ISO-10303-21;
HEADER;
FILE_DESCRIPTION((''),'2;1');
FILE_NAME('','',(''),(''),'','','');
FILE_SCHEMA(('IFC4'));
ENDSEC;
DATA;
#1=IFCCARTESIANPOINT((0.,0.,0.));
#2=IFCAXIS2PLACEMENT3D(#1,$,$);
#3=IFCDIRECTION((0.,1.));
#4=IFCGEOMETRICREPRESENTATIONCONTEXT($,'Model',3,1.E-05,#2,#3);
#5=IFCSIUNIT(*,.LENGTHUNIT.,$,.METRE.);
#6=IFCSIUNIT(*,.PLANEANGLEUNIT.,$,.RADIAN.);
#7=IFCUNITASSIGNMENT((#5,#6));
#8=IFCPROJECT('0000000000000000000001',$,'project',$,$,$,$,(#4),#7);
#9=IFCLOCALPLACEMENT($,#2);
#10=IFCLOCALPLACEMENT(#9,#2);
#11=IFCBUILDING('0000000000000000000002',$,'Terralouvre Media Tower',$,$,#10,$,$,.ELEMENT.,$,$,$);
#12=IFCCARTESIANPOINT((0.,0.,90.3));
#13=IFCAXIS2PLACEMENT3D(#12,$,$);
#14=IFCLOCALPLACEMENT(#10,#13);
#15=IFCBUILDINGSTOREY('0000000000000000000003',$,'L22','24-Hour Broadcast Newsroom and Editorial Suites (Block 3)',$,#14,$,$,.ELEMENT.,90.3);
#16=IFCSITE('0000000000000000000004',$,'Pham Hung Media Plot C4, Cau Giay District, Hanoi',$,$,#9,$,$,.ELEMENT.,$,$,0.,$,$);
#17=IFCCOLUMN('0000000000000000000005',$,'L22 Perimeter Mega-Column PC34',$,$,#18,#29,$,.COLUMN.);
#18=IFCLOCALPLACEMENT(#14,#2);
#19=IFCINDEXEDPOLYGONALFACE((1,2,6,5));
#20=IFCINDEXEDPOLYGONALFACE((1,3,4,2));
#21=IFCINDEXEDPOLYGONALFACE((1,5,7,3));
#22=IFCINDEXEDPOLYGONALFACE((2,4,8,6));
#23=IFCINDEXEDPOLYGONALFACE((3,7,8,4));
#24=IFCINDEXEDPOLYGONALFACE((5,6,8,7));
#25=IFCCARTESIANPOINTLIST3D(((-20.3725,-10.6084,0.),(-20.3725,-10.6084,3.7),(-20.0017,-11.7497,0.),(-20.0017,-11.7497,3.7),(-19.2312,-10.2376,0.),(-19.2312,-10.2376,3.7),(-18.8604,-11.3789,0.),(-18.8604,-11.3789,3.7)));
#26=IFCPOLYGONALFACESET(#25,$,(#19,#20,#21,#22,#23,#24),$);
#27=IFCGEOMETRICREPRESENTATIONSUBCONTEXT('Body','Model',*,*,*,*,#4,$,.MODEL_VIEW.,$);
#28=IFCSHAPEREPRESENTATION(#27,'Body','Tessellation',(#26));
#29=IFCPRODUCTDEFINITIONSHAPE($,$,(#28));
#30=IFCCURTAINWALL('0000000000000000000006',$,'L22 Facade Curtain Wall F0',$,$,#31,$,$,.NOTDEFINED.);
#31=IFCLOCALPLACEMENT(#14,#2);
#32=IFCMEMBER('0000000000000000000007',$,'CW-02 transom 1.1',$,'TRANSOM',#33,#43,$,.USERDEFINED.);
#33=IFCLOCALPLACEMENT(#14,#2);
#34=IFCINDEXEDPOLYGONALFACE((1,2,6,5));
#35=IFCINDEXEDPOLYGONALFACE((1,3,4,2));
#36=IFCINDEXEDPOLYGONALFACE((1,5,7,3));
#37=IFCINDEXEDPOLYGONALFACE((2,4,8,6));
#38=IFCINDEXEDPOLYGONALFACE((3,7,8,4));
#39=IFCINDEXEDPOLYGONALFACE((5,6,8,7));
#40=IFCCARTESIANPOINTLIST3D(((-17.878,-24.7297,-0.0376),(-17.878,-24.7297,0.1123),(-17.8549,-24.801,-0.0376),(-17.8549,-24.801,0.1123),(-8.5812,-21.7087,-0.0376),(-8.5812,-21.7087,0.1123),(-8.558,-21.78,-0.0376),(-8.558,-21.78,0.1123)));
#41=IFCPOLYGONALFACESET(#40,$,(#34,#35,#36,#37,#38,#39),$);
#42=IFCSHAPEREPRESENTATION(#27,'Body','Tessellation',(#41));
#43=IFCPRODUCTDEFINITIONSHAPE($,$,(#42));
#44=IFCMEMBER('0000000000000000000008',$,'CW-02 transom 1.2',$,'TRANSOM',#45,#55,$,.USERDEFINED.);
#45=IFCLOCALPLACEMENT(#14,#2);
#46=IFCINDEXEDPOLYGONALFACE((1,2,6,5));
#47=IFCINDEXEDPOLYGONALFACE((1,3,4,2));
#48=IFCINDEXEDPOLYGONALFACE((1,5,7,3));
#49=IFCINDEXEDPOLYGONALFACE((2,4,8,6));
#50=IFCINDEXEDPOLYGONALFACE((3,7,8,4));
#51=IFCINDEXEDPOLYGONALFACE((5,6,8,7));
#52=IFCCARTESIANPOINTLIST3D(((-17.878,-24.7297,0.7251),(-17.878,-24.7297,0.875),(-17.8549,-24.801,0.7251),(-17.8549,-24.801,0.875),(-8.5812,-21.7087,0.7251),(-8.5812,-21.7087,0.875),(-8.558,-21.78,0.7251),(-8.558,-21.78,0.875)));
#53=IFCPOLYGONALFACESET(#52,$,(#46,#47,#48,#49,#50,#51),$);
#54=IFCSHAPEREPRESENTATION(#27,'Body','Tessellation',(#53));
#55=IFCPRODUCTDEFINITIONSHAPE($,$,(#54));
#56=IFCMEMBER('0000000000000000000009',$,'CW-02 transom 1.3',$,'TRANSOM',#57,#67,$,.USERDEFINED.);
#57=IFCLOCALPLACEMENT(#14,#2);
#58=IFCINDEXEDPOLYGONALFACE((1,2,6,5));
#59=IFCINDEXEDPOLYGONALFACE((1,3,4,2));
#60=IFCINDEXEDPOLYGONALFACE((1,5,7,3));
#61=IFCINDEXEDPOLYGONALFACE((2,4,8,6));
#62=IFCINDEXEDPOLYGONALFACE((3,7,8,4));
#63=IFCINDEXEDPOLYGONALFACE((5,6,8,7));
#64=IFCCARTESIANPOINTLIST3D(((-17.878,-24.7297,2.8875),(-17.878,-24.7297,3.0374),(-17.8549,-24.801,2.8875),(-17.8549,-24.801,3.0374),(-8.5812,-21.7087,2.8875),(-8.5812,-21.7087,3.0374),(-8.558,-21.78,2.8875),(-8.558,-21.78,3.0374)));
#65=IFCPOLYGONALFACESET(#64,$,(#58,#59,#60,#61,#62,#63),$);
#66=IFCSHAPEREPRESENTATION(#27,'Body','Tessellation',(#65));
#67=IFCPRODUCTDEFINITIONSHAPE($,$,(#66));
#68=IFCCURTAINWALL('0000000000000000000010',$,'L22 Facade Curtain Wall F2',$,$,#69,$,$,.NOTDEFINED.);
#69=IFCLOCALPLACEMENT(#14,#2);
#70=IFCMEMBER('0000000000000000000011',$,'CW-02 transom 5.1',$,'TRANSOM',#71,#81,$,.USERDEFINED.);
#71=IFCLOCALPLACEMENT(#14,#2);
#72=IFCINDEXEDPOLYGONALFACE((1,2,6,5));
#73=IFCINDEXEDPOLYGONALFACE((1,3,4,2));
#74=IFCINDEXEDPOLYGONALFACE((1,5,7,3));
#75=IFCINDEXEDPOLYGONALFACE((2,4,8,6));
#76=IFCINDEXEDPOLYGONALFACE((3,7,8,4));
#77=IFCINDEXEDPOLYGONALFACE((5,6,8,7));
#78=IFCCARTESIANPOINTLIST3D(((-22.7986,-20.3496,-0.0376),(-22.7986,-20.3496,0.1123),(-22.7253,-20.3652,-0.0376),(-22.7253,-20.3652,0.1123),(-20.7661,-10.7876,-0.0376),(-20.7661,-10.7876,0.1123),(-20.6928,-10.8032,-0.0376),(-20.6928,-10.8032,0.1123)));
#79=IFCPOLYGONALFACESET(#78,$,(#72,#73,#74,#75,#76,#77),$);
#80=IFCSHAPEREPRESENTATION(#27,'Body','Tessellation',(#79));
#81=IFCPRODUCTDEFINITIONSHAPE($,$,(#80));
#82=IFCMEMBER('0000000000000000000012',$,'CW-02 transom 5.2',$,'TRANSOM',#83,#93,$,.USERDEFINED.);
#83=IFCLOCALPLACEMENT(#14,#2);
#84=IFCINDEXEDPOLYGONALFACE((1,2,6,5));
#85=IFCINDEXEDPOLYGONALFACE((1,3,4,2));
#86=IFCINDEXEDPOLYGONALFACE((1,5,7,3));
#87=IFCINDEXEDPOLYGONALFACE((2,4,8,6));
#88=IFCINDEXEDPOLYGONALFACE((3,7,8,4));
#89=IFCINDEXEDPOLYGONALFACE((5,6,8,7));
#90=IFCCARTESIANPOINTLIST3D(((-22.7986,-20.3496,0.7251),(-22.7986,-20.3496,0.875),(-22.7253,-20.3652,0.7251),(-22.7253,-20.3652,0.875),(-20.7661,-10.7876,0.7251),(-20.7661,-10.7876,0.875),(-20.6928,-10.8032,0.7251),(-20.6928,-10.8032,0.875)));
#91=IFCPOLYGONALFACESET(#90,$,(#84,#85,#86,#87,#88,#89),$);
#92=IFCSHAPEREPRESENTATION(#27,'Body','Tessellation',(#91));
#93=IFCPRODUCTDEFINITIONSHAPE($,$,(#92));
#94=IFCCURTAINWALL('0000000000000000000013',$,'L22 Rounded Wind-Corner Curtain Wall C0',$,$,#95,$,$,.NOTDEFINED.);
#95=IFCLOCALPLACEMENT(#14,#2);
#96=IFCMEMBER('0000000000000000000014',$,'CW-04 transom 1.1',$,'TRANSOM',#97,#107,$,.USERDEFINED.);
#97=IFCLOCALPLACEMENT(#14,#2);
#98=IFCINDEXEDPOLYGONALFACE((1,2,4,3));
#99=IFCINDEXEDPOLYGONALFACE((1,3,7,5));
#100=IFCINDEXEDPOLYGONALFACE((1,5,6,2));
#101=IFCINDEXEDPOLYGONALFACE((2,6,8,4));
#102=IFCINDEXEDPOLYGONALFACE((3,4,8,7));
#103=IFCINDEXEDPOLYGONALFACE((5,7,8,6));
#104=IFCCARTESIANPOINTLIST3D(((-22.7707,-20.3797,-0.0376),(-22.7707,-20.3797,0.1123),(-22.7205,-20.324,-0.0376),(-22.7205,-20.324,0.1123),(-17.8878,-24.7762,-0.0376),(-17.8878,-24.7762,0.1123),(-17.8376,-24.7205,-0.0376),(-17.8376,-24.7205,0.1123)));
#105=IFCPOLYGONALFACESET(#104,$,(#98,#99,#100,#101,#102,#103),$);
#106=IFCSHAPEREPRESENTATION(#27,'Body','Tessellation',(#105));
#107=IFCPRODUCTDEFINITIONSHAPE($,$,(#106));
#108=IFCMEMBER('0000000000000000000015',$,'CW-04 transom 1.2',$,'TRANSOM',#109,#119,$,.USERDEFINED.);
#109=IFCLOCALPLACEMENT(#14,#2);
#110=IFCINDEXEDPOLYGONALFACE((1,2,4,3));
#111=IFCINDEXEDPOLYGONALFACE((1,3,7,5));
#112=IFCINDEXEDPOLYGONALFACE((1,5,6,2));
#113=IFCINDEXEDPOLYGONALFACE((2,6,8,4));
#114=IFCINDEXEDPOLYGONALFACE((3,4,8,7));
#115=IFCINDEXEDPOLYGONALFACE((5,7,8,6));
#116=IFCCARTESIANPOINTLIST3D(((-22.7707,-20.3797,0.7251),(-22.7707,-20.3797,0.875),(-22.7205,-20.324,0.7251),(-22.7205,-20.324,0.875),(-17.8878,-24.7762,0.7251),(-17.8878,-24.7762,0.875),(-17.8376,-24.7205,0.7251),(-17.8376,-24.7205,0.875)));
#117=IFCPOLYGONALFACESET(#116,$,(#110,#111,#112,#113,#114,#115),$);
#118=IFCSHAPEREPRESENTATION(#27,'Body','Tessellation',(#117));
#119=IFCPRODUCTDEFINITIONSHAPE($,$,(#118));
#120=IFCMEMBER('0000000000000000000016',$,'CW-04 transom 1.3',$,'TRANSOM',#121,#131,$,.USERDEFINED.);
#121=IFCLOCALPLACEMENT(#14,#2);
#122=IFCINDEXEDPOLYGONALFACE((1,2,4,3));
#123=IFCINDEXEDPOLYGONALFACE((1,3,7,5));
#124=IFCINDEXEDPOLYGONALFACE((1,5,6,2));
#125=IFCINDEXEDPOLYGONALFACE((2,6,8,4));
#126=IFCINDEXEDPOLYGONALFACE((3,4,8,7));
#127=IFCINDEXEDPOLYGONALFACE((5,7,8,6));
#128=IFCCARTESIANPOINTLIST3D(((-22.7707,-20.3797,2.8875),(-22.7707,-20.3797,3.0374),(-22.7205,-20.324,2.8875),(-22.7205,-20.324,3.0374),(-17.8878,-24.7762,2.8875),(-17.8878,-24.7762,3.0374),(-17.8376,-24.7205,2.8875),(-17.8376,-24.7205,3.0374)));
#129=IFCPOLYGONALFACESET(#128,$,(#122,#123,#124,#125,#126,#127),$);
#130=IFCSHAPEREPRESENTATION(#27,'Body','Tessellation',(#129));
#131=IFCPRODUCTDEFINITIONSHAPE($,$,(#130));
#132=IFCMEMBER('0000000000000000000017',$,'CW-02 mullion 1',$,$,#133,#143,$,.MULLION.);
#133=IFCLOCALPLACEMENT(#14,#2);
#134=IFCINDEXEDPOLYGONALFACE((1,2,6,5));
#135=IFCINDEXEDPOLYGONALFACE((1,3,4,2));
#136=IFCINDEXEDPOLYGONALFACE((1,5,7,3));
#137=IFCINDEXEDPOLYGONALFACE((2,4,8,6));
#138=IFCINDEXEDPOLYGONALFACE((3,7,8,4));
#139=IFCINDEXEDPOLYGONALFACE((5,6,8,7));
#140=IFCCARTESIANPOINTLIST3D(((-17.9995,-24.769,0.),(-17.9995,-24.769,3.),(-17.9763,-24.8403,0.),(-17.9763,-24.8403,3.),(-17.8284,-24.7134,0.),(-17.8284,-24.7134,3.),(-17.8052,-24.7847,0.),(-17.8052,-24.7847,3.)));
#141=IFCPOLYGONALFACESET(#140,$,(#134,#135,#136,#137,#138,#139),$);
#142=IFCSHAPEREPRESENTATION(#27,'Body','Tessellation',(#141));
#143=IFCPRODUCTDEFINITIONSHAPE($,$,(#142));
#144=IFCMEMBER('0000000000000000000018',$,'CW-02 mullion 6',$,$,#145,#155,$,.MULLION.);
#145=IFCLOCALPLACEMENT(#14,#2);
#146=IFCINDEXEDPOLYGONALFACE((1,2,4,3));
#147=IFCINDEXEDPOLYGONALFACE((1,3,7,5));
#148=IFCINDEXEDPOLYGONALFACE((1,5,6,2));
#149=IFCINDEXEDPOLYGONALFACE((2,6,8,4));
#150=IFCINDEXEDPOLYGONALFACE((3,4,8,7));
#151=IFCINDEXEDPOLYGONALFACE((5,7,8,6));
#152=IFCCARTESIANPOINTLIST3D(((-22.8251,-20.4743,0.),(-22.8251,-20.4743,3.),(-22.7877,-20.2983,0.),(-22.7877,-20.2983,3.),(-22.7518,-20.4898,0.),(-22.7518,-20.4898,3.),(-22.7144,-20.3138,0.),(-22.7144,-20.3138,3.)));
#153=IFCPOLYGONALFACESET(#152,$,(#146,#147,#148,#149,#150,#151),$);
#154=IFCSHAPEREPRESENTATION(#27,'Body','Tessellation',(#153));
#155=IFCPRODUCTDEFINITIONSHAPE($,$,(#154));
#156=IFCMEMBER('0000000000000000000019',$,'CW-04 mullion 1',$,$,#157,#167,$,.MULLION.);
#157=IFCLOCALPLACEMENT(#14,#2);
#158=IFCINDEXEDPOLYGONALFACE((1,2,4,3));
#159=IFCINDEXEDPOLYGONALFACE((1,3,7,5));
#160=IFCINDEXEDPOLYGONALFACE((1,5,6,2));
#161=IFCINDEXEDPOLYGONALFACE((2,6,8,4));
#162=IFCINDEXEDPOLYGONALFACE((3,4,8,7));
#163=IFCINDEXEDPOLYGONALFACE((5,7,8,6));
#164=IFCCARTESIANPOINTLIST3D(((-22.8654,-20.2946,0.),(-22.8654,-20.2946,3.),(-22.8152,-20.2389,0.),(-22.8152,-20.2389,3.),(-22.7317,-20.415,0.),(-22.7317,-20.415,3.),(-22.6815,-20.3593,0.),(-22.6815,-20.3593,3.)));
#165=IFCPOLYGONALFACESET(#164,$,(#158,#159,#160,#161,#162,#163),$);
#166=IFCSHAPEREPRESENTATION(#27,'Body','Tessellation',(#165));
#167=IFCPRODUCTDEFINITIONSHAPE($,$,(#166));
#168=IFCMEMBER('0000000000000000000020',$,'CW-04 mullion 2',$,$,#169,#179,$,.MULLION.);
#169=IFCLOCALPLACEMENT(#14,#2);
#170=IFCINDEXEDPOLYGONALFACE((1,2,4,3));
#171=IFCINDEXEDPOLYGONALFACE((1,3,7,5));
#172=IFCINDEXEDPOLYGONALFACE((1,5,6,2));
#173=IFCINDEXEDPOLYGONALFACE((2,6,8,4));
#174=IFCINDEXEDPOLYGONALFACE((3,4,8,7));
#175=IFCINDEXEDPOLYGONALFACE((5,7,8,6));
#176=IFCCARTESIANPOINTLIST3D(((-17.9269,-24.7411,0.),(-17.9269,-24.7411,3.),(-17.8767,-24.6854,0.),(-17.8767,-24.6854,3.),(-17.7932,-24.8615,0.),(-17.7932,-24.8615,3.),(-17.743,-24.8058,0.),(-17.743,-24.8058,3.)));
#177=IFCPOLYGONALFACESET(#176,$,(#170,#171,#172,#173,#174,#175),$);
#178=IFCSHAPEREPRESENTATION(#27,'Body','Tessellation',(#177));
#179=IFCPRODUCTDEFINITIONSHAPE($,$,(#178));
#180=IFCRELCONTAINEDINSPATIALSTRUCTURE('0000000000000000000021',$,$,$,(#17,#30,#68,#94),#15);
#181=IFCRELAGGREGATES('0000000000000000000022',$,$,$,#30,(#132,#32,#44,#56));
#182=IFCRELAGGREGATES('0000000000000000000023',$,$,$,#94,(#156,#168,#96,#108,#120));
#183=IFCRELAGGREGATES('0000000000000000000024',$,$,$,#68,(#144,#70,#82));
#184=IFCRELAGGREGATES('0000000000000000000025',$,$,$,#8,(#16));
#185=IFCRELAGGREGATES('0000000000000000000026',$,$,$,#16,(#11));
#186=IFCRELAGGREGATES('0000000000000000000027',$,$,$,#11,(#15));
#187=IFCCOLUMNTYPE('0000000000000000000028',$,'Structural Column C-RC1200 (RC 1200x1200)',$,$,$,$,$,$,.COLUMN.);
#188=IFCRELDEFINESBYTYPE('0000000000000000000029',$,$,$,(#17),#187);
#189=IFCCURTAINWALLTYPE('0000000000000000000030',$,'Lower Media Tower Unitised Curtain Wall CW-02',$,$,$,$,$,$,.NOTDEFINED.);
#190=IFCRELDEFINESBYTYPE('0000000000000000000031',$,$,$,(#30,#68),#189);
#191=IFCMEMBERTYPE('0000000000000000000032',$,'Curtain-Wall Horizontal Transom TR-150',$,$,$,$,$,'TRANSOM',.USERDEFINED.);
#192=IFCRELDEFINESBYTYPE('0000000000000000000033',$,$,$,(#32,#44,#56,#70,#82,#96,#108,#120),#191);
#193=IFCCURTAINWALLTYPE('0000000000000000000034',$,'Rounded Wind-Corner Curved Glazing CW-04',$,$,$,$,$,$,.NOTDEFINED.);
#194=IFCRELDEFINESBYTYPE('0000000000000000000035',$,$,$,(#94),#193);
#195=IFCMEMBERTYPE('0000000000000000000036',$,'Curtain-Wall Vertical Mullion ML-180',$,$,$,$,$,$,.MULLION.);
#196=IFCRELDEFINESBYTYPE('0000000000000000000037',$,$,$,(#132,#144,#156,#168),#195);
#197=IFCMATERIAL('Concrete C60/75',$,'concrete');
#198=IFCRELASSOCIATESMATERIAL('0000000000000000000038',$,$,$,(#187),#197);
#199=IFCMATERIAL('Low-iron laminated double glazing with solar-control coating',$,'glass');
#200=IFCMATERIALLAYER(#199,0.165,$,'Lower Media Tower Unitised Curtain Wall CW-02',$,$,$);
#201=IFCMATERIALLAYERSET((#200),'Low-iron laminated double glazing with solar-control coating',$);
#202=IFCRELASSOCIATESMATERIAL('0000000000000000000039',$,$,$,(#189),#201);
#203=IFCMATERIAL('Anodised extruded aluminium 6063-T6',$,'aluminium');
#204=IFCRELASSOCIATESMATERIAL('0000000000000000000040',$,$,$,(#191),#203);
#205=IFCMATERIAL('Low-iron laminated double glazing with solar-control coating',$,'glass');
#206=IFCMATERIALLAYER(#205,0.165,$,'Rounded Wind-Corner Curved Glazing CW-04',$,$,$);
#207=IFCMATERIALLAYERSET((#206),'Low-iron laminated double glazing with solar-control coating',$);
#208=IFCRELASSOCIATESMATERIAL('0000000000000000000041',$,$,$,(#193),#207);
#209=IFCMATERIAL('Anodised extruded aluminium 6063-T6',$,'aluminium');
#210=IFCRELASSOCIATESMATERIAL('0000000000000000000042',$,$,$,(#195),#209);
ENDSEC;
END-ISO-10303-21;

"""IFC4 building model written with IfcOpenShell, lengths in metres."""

from ifc_helpers import new_model, si_unit, direction, frame, origin, origin_2d, place, context, subcontext, project, spatial, rectangle, extrude, material, layer, layer_set, material_profile, profile_set, type_object, element, aggregate, save


model = new_model("IFC4")

# Units and contexts
model_context = context("Model", 3, precision=1e-05, world=origin(), true_north=direction((0.0, 1.0)))
body_context = subcontext(model_context, "Body", "Model", "MODEL_VIEW")
ifc_project = project(units=[si_unit("LENGTHUNIT", "METRE"), si_unit("PLANEANGLEUNIT", "RADIAN")], contexts=[model_context])

# Site, building, storey
site_placement = place(None, origin())
site = spatial("IfcSite", under=ifc_project, at=site_placement, Name="Pham Hung Media Plot C4, Cau Giay District, Hanoi", CompositionType="ELEMENT", RefElevation=0.0)
building_placement = place(site_placement, origin())
building = spatial("IfcBuilding", under=site, at=building_placement, Name="Terralouvre Media Tower", CompositionType="ELEMENT")
storey_placement = place(building_placement, frame((0.0, 0.0, 90.3)))
storey = spatial("IfcBuildingStorey", under=building, at=storey_placement, Name="L22", Description="24-Hour Broadcast Newsroom and Editorial Suites (Block 3)", CompositionType="ELEMENT", Elevation=90.3)

# Column
ifc_material_1 = material(Name="Concrete C60/75", Category="concrete")
ifc_material_profile_1 = material_profile(ifc_material_1, rectangle(XDim=1.2, YDim=1.2, at=origin_2d()), Name="RC 1200x1200")
ifc_profile_set_1 = profile_set([ifc_material_profile_1], Name="Concrete C60/75")
column_type = type_object("IfcColumnType", Name="Structural Column C-RC1200 (RC 1200x1200)", PredefinedType="COLUMN", material=ifc_profile_set_1)
column_placement = place(storey_placement, frame((-19.6165, -10.9937, 0.0), z_axis=(0.0, 0.0, 1.0), x_axis=(0.951057, 0.309017, 0.0)))
element("IfcColumn", 1, at=column_placement, inside=storey, type_object=column_type, Name="L22 Perimeter Mega-Column PC34", PredefinedType="COLUMN", context=body_context, shape_type="SweptSolid", body=[
    extrude(rectangle(XDim=1.2, YDim=1.2, at=origin_2d()), origin(), (0.0, 0.0, 1.0), 3.7),
])

# Curtain walls, members
ifc_material_2 = material(Name="Low-iron laminated double glazing with solar-control coating", Category="glass")
ifc_layer_1 = layer(ifc_material_2, 0.165, Name="Lower Media Tower Unitised Curtain Wall CW-02")
ifc_layer_set_1 = layer_set([ifc_layer_1], Name="Low-iron laminated double glazing with solar-control coating")
curtain_wall_type_1 = type_object("IfcCurtainWallType", Name="Lower Media Tower Unitised Curtain Wall CW-02", PredefinedType="NOTDEFINED", material=ifc_layer_set_1)
curtain_wall_1_placement = place(storey_placement, origin())
curtain_wall_1 = element("IfcCurtainWall", 2, at=curtain_wall_1_placement, inside=storey, type_object=curtain_wall_type_1, Name="L22 Facade Curtain Wall F0", PredefinedType="NOTDEFINED")
ifc_material_3 = material(Name="Anodised extruded aluminium 6063-T6", Category="aluminium")
ifc_material_profile_2 = material_profile(ifc_material_3, rectangle(XDim=0.075, YDim=0.1499, at=origin_2d()), Name="ALU 75x150")
ifc_profile_set_2 = profile_set([ifc_material_profile_2], Name="Anodised extruded aluminium 6063-T6")
member_type_1 = type_object("IfcMemberType", Name="Curtain-Wall Horizontal Transom TR-150", ElementType="TRANSOM", PredefinedType="USERDEFINED", material=ifc_profile_set_2)
member_1_placement = place(storey_placement, frame((-17.8665, -24.7654, 0.0374), z_axis=(0.951049, 0.309041, 0.0), x_axis=(-0.309041, 0.951049, 0.0)))
member_1 = element("IfcMember", 3, at=member_1_placement, type_object=member_type_1, Name="CW-02 transom 1.1", ObjectType="TRANSOM", PredefinedType="USERDEFINED", context=body_context, shape_type="SweptSolid", body=[
    extrude(rectangle(XDim=0.075, YDim=0.1499, at=origin_2d()), origin(), (0.0, 0.0, 1.0), 9.7754),
])
member_2_placement = place(storey_placement, frame((-17.8665, -24.7654, 0.8), z_axis=(0.951049, 0.309041, 0.0), x_axis=(-0.309041, 0.951049, 0.0)))
member_2 = element("IfcMember", 4, at=member_2_placement, type_object=member_type_1, Name="CW-02 transom 1.2", ObjectType="TRANSOM", PredefinedType="USERDEFINED", context=body_context, shape_type="SweptSolid", body=[
    extrude(rectangle(XDim=0.075, YDim=0.1499, at=origin_2d()), origin(), (0.0, 0.0, 1.0), 9.7754),
])
member_3_placement = place(storey_placement, frame((-17.8665, -24.7654, 2.9624), z_axis=(0.951049, 0.309041, 0.0), x_axis=(-0.309041, 0.951049, 0.0)))
member_3 = element("IfcMember", 5, at=member_3_placement, type_object=member_type_1, Name="CW-02 transom 1.3", ObjectType="TRANSOM", PredefinedType="USERDEFINED", context=body_context, shape_type="SweptSolid", body=[
    extrude(rectangle(XDim=0.075, YDim=0.1499, at=origin_2d()), origin(), (0.0, 0.0, 1.0), 9.7754),
])
curtain_wall_2_placement = place(storey_placement, origin())
curtain_wall_2 = element("IfcCurtainWall", 6, at=curtain_wall_2_placement, inside=storey, type_object=curtain_wall_type_1, Name="L22 Facade Curtain Wall F2", PredefinedType="NOTDEFINED")
member_4_placement = place(storey_placement, frame((-20.7295, -10.7954, 0.0374), z_axis=(-0.207912, -0.978148, 0.0), x_axis=(0.978148, -0.207912, 0.0)))
member_4 = element("IfcMember", 7, at=member_4_placement, type_object=member_type_1, Name="CW-02 transom 5.1", ObjectType="TRANSOM", PredefinedType="USERDEFINED", context=body_context, shape_type="SweptSolid", body=[
    extrude(rectangle(XDim=0.075, YDim=0.1499, at=origin_2d()), origin(), (0.0, 0.0, 1.0), 9.7756),
])
member_5_placement = place(storey_placement, frame((-20.7295, -10.7954, 0.8), z_axis=(-0.207912, -0.978148, 0.0), x_axis=(0.978148, -0.207912, 0.0)))
member_5 = element("IfcMember", 8, at=member_5_placement, type_object=member_type_1, Name="CW-02 transom 5.2", ObjectType="TRANSOM", PredefinedType="USERDEFINED", context=body_context, shape_type="SweptSolid", body=[
    extrude(rectangle(XDim=0.075, YDim=0.1499, at=origin_2d()), origin(), (0.0, 0.0, 1.0), 9.7756),
])
ifc_material_4 = material(Name="Low-iron laminated double glazing with solar-control coating", Category="glass")
ifc_layer_2 = layer(ifc_material_4, 0.165, Name="Rounded Wind-Corner Curved Glazing CW-04")
ifc_layer_set_2 = layer_set([ifc_layer_2], Name="Low-iron laminated double glazing with solar-control coating")
curtain_wall_type_2 = type_object("IfcCurtainWallType", Name="Rounded Wind-Corner Curved Glazing CW-04", PredefinedType="NOTDEFINED", material=ifc_layer_set_2)
curtain_wall_3_placement = place(storey_placement, origin())
curtain_wall_3 = element("IfcCurtainWall", 9, at=curtain_wall_3_placement, inside=storey, type_object=curtain_wall_type_2, Name="L22 Rounded Wind-Corner Curtain Wall C0", PredefinedType="NOTDEFINED")
member_6_placement = place(storey_placement, frame((-22.7456, -20.3518, 0.0374), z_axis=(0.743146, -0.669129, 0.0), x_axis=(0.669129, 0.743146, 0.0)))
member_6 = element("IfcMember", 10, at=member_6_placement, type_object=member_type_1, Name="CW-04 transom 1.1", ObjectType="TRANSOM", PredefinedType="USERDEFINED", context=body_context, shape_type="SweptSolid", body=[
    extrude(rectangle(XDim=0.075, YDim=0.1499, at=origin_2d()), origin(), (0.0, 0.0, 1.0), 6.5706),
])
member_7_placement = place(storey_placement, frame((-22.7456, -20.3518, 0.8), z_axis=(0.743146, -0.669129, 0.0), x_axis=(0.669129, 0.743146, 0.0)))
member_7 = element("IfcMember", 11, at=member_7_placement, type_object=member_type_1, Name="CW-04 transom 1.2", ObjectType="TRANSOM", PredefinedType="USERDEFINED", context=body_context, shape_type="SweptSolid", body=[
    extrude(rectangle(XDim=0.075, YDim=0.1499, at=origin_2d()), origin(), (0.0, 0.0, 1.0), 6.5706),
])
member_8_placement = place(storey_placement, frame((-22.7456, -20.3518, 2.9624), z_axis=(0.743146, -0.669129, 0.0), x_axis=(0.669129, 0.743146, 0.0)))
member_8 = element("IfcMember", 12, at=member_8_placement, type_object=member_type_1, Name="CW-04 transom 1.3", ObjectType="TRANSOM", PredefinedType="USERDEFINED", context=body_context, shape_type="SweptSolid", body=[
    extrude(rectangle(XDim=0.075, YDim=0.1499, at=origin_2d()), origin(), (0.0, 0.0, 1.0), 6.5706),
])

# Members
ifc_material_5 = material(Name="Anodised extruded aluminium 6063-T6", Category="aluminium")
ifc_material_profile_3 = material_profile(ifc_material_5, rectangle(XDim=0.075, YDim=0.1799, at=origin_2d()), Name="ALU 75x180")
ifc_profile_set_3 = profile_set([ifc_material_profile_3], Name="Anodised extruded aluminium 6063-T6")
member_type_2 = type_object("IfcMemberType", Name="Curtain-Wall Vertical Mullion ML-180", PredefinedType="MULLION", material=ifc_profile_set_3)
member_9_placement = place(storey_placement, frame((-17.9023, -24.7769, 0.0), z_axis=(0.0, 0.0, 1.0), x_axis=(-0.309017, 0.951057, 0.0)))
member_9 = element("IfcMember", 13, at=member_9_placement, type_object=member_type_2, Name="CW-02 mullion 1", PredefinedType="MULLION", context=body_context, shape_type="SweptSolid", body=[
    extrude(rectangle(XDim=0.075, YDim=0.1799, at=origin_2d()), origin(), (0.0, 0.0, 1.0), 3.0),
])
aggregate(curtain_wall_1, [member_9, member_1, member_2, member_3])
member_10_placement = place(storey_placement, frame((-22.7698, -20.394, 0.0), z_axis=(0.0, 0.0, 1.0), x_axis=(0.978148, -0.207912, 0.0)))
member_10 = element("IfcMember", 14, at=member_10_placement, type_object=member_type_2, Name="CW-02 mullion 6", PredefinedType="MULLION", context=body_context, shape_type="SweptSolid", body=[
    extrude(rectangle(XDim=0.075, YDim=0.1799, at=origin_2d()), origin(), (0.0, 0.0, 1.0), 3.0),
])
member_11_placement = place(storey_placement, frame((-22.7734, -20.3269, 0.0), z_axis=(0.0, 0.0, 1.0), x_axis=(0.669131, 0.743145, 0.0)))
member_11 = element("IfcMember", 15, at=member_11_placement, type_object=member_type_2, Name="CW-04 mullion 1", PredefinedType="MULLION", context=body_context, shape_type="SweptSolid", body=[
    extrude(rectangle(XDim=0.075, YDim=0.1799, at=origin_2d()), origin(), (0.0, 0.0, 1.0), 3.0),
])
member_12_placement = place(storey_placement, frame((-17.835, -24.7734, 0.0), z_axis=(0.0, 0.0, 1.0), x_axis=(0.669131, 0.743145, 0.0)))
member_12 = element("IfcMember", 16, at=member_12_placement, type_object=member_type_2, Name="CW-04 mullion 2", PredefinedType="MULLION", context=body_context, shape_type="SweptSolid", body=[
    extrude(rectangle(XDim=0.075, YDim=0.1799, at=origin_2d()), origin(), (0.0, 0.0, 1.0), 3.0),
])

aggregate(curtain_wall_3, [member_11, member_12, member_6, member_7, member_8])
aggregate(curtain_wall_2, [member_10, member_4, member_5])

save(model, "model.ifc")
